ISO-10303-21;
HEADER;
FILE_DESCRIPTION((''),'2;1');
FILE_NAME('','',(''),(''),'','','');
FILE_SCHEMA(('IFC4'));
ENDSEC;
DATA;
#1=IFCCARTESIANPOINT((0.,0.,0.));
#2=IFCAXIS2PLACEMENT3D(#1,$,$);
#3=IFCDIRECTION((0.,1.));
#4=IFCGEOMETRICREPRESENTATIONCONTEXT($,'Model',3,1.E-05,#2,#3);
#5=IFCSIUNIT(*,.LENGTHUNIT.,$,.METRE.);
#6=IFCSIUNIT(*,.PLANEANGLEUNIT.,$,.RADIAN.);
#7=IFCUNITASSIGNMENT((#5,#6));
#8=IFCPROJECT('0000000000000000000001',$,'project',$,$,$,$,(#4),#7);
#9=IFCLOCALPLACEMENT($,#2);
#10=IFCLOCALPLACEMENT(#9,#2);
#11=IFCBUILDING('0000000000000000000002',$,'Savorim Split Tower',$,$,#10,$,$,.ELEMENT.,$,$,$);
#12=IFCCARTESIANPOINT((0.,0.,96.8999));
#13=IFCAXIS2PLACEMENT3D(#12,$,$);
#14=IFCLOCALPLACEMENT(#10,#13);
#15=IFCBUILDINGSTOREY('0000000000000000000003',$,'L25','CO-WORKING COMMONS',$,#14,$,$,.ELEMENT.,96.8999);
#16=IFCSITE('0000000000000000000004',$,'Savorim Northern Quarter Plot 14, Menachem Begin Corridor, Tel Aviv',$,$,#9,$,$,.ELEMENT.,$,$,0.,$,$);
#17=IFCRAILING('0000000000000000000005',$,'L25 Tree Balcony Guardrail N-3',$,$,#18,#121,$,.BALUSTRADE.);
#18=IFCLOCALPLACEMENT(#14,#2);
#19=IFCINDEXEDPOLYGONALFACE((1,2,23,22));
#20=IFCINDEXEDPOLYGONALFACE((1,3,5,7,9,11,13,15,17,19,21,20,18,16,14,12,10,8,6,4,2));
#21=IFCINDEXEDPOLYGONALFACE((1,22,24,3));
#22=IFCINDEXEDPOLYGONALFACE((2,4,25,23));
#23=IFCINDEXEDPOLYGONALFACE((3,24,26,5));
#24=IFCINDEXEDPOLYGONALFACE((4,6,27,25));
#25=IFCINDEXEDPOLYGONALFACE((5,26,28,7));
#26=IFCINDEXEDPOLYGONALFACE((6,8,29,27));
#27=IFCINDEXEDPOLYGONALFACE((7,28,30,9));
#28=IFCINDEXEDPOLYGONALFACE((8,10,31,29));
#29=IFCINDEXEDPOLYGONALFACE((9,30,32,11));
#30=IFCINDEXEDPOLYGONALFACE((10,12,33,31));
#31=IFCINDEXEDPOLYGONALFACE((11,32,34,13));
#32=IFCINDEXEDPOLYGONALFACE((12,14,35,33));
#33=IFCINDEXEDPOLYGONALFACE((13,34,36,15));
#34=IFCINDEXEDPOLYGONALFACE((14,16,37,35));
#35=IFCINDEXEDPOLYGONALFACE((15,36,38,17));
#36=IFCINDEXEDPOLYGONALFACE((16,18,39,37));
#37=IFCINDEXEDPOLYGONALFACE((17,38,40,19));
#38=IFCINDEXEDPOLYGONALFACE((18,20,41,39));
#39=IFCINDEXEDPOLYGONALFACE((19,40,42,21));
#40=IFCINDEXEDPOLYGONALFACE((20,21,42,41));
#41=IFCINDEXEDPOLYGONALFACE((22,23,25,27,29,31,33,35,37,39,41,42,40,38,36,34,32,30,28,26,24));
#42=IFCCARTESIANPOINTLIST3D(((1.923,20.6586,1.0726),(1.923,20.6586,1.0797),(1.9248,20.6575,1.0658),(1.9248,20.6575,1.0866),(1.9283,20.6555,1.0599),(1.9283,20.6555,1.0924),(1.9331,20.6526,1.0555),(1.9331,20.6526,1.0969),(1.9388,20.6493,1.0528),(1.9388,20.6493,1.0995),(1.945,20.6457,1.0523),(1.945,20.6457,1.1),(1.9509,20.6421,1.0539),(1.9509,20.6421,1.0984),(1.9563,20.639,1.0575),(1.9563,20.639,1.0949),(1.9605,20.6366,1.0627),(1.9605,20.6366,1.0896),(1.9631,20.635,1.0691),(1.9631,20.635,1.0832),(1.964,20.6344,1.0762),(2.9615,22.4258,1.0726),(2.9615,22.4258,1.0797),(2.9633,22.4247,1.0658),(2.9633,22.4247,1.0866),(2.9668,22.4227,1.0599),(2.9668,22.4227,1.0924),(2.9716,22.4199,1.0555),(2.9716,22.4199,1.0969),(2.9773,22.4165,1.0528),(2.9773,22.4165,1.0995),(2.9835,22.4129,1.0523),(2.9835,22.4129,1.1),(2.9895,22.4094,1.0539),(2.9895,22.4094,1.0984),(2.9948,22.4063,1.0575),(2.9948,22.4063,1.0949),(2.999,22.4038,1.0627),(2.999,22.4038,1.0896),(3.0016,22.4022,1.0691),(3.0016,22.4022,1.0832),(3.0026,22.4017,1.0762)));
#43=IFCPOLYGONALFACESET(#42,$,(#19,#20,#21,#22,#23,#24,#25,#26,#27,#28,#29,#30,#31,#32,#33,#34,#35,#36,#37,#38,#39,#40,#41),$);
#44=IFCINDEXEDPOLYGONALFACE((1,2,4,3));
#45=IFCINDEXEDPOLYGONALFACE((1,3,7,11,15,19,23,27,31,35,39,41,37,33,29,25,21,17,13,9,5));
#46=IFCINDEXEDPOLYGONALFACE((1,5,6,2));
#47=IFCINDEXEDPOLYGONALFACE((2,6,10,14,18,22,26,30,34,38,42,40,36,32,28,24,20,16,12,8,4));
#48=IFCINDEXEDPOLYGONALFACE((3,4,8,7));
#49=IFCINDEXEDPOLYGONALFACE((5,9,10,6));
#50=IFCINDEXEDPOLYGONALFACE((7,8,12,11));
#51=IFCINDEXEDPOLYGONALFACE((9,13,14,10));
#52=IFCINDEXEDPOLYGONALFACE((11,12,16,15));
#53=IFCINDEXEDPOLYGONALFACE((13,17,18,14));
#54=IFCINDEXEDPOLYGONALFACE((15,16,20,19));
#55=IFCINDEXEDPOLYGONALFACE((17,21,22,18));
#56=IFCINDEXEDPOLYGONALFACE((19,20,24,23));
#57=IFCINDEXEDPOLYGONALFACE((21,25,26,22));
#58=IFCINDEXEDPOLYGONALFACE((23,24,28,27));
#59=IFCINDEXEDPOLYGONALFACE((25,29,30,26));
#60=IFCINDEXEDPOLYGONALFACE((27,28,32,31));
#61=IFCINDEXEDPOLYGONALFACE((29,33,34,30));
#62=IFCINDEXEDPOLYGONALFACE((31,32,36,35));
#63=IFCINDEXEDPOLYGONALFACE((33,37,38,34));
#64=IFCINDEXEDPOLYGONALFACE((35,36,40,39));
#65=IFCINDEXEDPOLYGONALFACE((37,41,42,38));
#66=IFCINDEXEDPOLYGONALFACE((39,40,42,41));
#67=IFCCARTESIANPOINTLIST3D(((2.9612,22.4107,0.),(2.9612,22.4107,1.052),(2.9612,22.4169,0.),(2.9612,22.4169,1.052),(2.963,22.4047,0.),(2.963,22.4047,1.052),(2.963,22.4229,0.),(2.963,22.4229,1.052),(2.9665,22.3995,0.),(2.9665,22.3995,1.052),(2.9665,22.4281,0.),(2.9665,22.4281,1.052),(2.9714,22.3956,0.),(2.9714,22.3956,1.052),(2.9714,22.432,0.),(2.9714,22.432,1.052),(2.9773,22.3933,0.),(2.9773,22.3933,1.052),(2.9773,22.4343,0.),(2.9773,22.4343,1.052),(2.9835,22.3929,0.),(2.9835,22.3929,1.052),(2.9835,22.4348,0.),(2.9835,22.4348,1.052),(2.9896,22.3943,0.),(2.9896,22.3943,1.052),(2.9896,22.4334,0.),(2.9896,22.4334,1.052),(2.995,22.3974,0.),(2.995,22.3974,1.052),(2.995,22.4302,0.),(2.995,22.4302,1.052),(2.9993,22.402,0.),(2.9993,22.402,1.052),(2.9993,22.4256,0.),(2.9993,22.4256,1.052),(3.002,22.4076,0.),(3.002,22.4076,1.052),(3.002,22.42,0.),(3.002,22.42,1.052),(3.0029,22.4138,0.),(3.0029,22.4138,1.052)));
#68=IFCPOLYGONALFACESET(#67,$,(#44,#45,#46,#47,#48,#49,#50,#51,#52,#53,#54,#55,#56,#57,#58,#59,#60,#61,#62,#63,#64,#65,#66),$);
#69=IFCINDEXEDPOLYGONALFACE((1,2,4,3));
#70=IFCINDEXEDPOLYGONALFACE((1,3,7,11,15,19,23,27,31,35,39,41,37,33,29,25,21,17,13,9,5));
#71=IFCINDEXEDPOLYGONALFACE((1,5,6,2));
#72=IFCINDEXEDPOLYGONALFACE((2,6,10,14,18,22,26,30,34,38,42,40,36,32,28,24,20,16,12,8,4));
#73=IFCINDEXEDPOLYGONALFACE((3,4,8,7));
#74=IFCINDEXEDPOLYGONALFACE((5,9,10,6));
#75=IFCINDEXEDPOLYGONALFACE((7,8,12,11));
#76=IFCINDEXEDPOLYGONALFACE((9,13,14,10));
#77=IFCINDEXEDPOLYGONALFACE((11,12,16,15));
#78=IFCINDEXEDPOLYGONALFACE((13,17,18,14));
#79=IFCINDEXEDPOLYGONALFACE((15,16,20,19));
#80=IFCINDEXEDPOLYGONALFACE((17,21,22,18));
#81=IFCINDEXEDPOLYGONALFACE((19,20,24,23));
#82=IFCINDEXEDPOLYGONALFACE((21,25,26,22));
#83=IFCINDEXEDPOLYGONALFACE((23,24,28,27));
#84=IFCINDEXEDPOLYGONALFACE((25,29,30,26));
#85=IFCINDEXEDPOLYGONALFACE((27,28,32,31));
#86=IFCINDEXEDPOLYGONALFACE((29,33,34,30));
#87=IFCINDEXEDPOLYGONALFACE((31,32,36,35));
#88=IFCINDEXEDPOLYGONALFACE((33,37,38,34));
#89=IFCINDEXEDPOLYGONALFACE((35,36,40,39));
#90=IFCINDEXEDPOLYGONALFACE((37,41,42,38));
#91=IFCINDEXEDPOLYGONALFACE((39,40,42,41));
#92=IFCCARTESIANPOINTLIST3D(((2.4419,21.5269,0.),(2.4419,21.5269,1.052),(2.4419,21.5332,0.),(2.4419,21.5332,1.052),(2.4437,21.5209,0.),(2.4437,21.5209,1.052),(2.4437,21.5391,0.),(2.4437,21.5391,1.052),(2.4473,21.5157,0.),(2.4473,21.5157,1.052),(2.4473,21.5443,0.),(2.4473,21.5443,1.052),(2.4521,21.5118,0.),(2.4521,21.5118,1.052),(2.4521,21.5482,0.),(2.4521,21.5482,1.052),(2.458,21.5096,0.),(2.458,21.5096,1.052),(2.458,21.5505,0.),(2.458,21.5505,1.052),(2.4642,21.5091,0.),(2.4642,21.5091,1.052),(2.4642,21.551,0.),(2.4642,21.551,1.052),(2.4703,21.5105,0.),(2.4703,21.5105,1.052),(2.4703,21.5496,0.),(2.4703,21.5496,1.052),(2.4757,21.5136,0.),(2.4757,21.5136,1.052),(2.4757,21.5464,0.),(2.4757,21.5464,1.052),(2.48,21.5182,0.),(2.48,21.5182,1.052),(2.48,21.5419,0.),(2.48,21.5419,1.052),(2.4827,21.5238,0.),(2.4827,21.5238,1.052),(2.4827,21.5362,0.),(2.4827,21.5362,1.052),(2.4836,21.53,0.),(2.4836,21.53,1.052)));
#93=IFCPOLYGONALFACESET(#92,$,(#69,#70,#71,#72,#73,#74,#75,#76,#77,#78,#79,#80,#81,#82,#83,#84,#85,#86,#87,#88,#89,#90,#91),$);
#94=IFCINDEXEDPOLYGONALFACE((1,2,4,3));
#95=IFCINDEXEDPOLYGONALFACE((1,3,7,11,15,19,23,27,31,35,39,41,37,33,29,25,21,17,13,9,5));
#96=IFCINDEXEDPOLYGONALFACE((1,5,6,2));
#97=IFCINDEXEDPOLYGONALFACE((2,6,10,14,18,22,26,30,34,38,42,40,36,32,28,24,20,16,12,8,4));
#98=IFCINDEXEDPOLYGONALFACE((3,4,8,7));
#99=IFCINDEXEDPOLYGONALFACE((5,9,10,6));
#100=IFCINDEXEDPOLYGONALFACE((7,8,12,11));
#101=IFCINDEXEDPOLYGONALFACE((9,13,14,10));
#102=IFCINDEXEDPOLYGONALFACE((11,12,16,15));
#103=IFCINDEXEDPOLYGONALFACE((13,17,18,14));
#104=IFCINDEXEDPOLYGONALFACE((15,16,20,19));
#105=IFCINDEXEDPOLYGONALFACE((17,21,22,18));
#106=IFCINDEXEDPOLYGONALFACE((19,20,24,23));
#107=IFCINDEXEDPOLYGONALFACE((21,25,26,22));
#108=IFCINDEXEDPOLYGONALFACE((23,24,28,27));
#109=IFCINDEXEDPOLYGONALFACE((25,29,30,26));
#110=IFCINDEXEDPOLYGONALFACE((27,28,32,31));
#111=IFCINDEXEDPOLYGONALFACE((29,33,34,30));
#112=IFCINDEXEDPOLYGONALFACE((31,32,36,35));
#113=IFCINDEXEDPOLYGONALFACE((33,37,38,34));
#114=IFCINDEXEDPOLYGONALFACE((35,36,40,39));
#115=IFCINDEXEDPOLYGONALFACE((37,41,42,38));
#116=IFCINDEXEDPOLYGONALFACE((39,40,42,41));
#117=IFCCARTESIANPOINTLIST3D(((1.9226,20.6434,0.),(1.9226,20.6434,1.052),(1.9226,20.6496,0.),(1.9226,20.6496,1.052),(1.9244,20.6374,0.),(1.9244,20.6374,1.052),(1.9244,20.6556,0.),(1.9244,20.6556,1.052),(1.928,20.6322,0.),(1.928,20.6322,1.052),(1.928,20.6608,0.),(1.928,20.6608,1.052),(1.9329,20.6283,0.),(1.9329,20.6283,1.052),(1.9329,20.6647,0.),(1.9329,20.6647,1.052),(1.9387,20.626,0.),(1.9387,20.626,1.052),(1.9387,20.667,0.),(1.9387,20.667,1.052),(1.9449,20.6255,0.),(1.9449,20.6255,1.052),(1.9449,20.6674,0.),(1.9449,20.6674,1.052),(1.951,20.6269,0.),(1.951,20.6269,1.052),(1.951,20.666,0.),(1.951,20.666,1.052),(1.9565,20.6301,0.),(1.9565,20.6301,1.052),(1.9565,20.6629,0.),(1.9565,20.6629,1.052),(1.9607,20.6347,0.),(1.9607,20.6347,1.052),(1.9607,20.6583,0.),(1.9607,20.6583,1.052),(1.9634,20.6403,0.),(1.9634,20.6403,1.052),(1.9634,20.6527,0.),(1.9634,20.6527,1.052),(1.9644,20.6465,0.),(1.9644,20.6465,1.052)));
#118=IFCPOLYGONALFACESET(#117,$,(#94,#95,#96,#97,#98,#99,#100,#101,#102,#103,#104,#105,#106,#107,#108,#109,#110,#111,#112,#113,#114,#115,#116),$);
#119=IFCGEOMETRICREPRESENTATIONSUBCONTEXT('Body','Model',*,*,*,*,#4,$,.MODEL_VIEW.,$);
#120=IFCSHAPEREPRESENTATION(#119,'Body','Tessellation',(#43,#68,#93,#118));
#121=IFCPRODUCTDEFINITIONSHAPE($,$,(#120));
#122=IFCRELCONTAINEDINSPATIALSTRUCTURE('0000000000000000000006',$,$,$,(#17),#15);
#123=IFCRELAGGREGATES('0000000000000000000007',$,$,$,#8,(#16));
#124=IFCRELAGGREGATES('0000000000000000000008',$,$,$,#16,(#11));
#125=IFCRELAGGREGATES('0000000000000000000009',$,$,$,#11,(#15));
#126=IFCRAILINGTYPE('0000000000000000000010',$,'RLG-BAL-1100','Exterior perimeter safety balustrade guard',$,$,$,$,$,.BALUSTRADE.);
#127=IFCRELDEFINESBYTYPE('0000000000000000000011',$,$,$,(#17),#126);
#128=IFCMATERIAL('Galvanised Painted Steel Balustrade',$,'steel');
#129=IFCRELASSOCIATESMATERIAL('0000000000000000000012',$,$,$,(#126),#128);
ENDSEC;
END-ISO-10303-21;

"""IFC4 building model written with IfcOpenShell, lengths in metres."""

from ifc_helpers import new_model, si_unit, direction, frame, origin, origin_2d, place, context, subcontext, project, spatial, circle, extrude, material, type_object, element, save


model = new_model("IFC4")

# Units and contexts
model_context = context("Model", 3, precision=1e-05, world=origin(), true_north=direction((0.0, 1.0)))
body_context = subcontext(model_context, "Body", "Model", "MODEL_VIEW")
ifc_project = project(units=[si_unit("LENGTHUNIT", "METRE"), si_unit("PLANEANGLEUNIT", "RADIAN")], contexts=[model_context])

# Site, building, storey
site_placement = place(None, origin())
site = spatial("IfcSite", under=ifc_project, at=site_placement, Name="Savorim Northern Quarter Plot 14, Menachem Begin Corridor, Tel Aviv", CompositionType="ELEMENT", RefElevation=0.0)
building_placement = place(site_placement, origin())
building = spatial("IfcBuilding", under=site, at=building_placement, Name="Savorim Split Tower", CompositionType="ELEMENT")
storey_placement = place(building_placement, frame((0.0, 0.0, 96.8999)))
storey = spatial("IfcBuildingStorey", under=building, at=storey_placement, Name="L25", Description="CO-WORKING COMMONS", CompositionType="ELEMENT", Elevation=96.8999)

# Railing
ifc_material_1 = material(Name="Galvanised Painted Steel Balustrade", Category="steel")
railing_type_1 = type_object("IfcRailingType", Name="RLG-BAL-1100", Description="Exterior perimeter safety balustrade guard", PredefinedType="BALUSTRADE", material=ifc_material_1)
railing_1_placement = place(storey_placement, frame((2.9819, 22.4138, 0.0)))
element("IfcRailing", 1, at=railing_1_placement, inside=storey, type_object=railing_type_1, Name="L25 Tree Balcony Guardrail N-3", PredefinedType="BALUSTRADE", context=body_context, shape_type="SweptSolid", body=[
    extrude(circle(Radius=0.0239, at=origin_2d()), frame((0.0, 0.0, 1.0762), z_axis=(-0.506645, -0.862155, 0.0), x_axis=(0.862155, -0.506645, 0.0)), (0.0, 0.0, 1.0), 2.0498),
    extrude(circle(Radius=0.021, at=origin_2d()), origin(), (0.0, 0.0, 1.0), 1.052),
    extrude(circle(Radius=0.021, at=origin_2d()), frame((-0.5193, -0.8838, 0.0)), (0.0, 0.0, 1.0), 1.052),
    extrude(circle(Radius=0.021, at=origin_2d()), frame((-1.0386, -1.7673, 0.0)), (0.0, 0.0, 1.0), 1.052),
])

save(model, "model.ifc")
